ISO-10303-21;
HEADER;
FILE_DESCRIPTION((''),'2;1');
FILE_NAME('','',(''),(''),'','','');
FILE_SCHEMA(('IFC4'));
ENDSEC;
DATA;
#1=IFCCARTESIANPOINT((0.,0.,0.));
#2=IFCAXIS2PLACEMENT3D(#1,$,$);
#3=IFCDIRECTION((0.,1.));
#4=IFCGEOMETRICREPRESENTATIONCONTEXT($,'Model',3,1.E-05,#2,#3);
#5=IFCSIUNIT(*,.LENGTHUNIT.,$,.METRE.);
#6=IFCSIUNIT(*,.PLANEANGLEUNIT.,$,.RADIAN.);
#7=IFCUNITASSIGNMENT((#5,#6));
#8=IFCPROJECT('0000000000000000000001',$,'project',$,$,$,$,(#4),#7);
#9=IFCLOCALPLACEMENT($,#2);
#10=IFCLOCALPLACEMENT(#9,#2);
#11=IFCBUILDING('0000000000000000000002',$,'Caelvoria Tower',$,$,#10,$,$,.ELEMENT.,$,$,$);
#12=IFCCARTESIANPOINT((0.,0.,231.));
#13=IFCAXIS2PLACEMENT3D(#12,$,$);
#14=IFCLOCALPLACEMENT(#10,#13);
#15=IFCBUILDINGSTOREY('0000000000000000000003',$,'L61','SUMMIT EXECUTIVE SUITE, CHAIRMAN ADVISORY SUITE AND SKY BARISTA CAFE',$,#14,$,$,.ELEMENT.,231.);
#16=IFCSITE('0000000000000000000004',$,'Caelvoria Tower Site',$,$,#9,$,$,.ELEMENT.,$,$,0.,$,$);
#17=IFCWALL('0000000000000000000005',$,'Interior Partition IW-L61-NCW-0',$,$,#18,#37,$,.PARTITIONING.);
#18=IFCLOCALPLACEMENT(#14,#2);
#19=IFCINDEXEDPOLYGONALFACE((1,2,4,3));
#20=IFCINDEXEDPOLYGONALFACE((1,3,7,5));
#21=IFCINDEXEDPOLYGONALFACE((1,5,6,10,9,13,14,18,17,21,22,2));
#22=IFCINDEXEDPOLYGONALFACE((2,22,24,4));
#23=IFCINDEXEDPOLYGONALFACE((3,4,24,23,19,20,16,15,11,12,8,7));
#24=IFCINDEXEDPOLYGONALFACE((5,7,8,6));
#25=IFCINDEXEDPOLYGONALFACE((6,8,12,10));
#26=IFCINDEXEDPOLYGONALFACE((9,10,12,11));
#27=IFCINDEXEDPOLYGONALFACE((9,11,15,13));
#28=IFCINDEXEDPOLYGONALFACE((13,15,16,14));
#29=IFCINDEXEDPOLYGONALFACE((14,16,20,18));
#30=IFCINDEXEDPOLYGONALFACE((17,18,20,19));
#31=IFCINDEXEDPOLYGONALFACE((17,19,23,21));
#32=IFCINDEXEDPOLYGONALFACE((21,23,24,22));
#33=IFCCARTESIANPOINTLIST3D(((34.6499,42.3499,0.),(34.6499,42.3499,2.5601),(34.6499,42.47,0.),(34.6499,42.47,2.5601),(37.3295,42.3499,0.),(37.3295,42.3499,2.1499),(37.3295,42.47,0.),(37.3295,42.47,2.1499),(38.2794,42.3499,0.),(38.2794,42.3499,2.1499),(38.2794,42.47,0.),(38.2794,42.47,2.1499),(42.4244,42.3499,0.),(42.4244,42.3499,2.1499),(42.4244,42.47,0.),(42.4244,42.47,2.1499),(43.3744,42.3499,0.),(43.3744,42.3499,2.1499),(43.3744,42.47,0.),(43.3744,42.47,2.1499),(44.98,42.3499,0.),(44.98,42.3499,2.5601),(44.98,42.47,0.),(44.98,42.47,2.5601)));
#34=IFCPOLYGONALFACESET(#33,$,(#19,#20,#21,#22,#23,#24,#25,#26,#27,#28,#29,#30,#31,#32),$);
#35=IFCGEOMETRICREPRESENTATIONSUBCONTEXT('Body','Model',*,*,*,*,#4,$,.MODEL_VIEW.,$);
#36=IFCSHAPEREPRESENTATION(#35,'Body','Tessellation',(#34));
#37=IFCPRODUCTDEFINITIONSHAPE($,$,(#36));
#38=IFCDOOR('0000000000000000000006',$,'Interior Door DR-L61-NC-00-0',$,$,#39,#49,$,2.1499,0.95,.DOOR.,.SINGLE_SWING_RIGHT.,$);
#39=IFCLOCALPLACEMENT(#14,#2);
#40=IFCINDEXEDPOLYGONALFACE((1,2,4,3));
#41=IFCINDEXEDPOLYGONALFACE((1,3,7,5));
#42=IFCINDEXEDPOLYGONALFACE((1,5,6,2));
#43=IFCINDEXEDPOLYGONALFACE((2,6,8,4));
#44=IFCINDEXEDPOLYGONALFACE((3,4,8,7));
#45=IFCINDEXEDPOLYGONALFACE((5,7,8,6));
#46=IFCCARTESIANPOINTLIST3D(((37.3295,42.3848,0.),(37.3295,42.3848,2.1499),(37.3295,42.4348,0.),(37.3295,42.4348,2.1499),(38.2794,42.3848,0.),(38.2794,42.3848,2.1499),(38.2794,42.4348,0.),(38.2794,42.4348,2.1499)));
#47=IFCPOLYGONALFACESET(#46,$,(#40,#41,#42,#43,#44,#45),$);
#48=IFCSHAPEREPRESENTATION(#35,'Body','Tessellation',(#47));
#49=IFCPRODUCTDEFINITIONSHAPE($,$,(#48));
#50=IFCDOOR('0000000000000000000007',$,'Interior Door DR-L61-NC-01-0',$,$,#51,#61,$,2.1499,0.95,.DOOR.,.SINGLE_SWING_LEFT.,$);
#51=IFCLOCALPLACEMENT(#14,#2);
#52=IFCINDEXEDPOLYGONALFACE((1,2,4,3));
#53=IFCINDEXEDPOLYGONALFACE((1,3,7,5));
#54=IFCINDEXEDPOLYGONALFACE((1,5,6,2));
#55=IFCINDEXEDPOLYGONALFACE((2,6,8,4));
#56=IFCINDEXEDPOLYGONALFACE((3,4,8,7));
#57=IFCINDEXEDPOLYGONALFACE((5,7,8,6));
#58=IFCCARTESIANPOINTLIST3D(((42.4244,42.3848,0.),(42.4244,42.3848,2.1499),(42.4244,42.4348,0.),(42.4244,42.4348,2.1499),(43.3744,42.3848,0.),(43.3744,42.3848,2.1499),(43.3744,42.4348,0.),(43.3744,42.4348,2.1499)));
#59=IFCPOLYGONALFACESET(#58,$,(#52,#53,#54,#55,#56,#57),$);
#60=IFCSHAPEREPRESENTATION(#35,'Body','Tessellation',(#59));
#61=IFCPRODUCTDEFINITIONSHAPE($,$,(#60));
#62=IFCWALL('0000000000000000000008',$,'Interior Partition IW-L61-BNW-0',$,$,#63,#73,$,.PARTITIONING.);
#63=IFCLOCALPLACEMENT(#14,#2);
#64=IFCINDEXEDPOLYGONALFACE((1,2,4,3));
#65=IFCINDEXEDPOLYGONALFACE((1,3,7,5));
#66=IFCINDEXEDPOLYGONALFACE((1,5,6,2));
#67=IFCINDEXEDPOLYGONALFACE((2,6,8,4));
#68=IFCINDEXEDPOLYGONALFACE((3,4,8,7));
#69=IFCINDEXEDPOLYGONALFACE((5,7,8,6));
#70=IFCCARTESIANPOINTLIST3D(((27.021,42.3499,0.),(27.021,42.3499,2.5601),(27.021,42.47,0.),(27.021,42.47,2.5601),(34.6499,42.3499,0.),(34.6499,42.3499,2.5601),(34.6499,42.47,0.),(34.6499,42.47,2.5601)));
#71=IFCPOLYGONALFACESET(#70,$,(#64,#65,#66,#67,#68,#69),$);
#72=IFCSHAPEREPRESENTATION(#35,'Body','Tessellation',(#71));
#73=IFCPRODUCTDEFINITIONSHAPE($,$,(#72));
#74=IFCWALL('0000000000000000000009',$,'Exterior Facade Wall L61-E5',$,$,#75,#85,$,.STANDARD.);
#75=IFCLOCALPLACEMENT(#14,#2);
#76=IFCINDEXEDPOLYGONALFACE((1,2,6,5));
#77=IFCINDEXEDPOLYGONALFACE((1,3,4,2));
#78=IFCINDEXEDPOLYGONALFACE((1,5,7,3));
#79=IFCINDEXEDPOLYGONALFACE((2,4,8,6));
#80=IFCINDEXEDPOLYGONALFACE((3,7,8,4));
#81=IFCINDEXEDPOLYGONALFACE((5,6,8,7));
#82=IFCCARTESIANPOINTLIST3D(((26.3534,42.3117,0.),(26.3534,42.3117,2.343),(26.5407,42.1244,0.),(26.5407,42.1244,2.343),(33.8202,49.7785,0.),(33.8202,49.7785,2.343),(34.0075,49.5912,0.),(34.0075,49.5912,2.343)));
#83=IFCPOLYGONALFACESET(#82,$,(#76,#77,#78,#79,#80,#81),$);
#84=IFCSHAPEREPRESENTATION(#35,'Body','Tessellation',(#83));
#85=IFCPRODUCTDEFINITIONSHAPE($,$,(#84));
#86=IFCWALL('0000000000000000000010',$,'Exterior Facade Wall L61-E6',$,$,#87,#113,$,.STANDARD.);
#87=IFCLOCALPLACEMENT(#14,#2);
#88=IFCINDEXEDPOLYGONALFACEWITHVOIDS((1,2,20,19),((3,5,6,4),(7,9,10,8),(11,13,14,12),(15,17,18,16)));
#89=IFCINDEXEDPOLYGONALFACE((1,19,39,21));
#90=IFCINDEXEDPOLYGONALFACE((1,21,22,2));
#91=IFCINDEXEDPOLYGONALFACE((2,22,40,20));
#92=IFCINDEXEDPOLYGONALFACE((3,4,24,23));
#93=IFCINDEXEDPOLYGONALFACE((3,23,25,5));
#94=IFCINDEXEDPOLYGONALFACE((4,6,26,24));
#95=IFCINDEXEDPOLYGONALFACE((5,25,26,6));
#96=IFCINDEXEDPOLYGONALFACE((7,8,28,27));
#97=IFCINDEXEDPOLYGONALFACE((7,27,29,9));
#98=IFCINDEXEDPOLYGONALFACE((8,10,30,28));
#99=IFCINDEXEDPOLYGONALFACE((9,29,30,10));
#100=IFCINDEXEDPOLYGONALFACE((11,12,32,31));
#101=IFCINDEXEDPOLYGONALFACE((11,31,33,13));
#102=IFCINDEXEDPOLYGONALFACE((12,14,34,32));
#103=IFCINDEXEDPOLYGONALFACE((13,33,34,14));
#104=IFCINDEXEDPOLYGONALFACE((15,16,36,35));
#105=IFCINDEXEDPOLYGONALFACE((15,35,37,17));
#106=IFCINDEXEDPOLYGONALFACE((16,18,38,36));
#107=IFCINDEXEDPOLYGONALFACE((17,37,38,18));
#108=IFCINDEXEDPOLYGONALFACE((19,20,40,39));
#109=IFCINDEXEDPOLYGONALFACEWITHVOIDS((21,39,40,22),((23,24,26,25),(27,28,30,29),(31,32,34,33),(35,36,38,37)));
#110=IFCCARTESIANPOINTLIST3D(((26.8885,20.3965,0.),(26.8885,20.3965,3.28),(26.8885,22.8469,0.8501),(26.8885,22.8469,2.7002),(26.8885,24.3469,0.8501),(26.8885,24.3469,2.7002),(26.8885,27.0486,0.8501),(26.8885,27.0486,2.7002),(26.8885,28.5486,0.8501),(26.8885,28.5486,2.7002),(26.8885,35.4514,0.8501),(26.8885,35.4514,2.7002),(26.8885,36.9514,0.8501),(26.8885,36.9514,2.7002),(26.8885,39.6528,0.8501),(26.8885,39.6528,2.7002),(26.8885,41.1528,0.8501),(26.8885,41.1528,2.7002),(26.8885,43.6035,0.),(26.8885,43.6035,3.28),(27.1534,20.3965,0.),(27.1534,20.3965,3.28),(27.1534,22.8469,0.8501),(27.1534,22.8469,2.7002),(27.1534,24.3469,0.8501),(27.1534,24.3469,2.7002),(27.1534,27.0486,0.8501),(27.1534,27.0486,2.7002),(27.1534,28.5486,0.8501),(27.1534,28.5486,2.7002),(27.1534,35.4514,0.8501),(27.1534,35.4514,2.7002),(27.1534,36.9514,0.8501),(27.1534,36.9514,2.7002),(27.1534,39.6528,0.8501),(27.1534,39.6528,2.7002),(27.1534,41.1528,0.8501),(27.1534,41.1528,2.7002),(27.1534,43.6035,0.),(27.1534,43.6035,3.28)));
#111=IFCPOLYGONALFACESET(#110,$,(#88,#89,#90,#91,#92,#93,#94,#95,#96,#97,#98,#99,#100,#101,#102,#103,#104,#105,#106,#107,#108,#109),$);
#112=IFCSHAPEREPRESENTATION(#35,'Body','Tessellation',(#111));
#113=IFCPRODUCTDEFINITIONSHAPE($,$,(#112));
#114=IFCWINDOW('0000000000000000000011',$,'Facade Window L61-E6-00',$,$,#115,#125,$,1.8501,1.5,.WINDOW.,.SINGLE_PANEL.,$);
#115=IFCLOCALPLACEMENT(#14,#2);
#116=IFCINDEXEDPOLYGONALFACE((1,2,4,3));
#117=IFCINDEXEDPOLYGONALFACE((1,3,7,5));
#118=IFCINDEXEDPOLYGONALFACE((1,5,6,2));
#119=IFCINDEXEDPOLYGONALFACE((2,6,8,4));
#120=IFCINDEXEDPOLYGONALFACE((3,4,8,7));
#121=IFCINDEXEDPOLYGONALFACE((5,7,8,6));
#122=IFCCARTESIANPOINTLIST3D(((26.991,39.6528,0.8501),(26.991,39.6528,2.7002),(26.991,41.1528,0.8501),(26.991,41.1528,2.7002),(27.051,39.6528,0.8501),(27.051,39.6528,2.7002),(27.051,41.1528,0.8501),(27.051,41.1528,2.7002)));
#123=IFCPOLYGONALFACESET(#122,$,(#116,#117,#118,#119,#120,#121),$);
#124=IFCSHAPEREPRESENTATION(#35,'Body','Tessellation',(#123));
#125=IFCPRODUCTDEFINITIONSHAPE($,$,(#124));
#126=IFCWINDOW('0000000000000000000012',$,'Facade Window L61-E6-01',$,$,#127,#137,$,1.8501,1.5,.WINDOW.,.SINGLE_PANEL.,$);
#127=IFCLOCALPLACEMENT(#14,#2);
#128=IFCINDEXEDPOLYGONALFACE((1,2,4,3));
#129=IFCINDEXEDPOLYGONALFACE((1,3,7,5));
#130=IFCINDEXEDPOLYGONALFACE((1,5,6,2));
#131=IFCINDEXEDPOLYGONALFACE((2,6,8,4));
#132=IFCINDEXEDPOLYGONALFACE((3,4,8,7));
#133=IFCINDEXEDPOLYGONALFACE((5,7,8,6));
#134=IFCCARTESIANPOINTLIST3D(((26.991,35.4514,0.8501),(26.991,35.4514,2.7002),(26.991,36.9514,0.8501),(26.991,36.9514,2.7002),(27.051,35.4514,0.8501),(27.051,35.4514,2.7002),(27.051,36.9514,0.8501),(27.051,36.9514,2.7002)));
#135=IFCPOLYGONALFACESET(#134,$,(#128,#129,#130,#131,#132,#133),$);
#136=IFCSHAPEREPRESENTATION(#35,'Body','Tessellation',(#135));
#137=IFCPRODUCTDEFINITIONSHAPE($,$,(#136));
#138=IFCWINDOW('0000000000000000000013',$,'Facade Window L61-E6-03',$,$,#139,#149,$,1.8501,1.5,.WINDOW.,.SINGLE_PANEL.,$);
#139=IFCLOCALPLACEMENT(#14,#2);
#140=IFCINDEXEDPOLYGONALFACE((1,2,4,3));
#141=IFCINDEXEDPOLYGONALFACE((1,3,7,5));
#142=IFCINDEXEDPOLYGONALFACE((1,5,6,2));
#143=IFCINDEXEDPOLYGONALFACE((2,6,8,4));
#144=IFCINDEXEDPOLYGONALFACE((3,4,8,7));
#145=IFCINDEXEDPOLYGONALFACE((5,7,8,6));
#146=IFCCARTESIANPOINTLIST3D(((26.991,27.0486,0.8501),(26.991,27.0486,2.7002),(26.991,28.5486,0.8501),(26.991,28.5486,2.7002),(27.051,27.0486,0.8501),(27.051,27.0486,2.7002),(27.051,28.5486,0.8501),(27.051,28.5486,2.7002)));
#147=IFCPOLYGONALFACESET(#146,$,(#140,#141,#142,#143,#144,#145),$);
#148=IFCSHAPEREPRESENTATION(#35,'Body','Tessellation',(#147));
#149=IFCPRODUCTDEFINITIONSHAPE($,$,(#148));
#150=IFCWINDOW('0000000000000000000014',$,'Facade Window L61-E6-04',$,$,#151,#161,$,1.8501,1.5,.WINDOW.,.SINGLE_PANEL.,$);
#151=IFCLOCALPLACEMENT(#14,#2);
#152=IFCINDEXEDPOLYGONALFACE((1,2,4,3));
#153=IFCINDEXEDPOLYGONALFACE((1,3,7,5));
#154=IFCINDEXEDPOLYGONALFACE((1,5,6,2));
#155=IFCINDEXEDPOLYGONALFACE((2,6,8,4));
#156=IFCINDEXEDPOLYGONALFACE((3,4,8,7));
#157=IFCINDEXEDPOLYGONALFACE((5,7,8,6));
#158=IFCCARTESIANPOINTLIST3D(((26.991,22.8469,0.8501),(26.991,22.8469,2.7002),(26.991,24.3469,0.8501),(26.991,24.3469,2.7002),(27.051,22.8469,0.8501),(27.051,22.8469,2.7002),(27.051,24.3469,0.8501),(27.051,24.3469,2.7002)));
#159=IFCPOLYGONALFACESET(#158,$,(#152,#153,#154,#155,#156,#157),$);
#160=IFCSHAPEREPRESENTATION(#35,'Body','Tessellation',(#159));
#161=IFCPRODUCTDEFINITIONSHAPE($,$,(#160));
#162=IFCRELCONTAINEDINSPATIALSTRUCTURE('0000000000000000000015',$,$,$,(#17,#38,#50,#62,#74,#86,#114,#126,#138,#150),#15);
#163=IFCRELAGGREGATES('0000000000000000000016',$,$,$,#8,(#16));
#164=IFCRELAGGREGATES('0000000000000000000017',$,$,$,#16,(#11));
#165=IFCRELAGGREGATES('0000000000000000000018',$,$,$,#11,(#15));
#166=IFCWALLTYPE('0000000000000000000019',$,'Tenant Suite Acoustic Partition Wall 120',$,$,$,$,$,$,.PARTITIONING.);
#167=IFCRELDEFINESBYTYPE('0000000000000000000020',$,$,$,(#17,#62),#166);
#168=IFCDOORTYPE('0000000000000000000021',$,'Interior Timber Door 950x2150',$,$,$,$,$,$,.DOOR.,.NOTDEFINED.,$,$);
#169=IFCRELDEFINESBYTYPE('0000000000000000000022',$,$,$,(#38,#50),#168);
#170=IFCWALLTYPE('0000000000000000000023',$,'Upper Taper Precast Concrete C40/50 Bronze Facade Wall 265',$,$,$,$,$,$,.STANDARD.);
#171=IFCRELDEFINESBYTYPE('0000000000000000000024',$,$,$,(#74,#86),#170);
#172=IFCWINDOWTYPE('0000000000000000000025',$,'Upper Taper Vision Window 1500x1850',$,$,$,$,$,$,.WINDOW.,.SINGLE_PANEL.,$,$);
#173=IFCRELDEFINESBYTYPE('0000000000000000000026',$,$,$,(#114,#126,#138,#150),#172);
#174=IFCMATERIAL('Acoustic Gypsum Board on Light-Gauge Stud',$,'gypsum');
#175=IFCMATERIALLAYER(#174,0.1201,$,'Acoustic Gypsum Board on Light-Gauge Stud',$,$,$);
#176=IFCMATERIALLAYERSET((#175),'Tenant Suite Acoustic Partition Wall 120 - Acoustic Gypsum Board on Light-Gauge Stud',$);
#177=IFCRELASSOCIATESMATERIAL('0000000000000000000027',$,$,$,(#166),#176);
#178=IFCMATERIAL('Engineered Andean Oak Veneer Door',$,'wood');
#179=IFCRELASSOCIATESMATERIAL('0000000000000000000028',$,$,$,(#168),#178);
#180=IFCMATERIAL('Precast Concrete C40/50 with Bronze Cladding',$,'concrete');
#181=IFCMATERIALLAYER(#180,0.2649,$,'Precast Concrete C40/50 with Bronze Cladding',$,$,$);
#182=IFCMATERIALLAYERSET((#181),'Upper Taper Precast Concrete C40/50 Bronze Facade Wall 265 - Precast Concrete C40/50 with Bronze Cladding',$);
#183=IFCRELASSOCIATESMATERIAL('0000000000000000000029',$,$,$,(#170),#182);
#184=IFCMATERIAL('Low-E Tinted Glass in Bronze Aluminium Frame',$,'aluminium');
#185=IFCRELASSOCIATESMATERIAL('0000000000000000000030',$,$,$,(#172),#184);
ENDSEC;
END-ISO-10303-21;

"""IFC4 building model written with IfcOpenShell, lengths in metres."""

from ifc_helpers import new_model, si_unit, direction, frame, frame_2d, origin, place, context, subcontext, project, spatial, rectangle, extrude, material, layer, layer_set, type_object, element, fill, save


model = new_model("IFC4")

# Units and contexts
model_context = context("Model", 3, precision=1e-05, world=origin(), true_north=direction((0.0, 1.0)))
body_context = subcontext(model_context, "Body", "Model", "MODEL_VIEW")
ifc_project = project(units=[si_unit("LENGTHUNIT", "METRE"), si_unit("PLANEANGLEUNIT", "RADIAN")], contexts=[model_context])

# Site, building, storey
site_placement = place(None, origin())
site = spatial("IfcSite", under=ifc_project, at=site_placement, Name="Caelvoria Tower Site", CompositionType="ELEMENT", RefElevation=0.0)
building_placement = place(site_placement, origin())
building = spatial("IfcBuilding", under=site, at=building_placement, Name="Caelvoria Tower", CompositionType="ELEMENT")
storey_placement = place(building_placement, frame((0.0, 0.0, 231.0)))
storey = spatial("IfcBuildingStorey", under=building, at=storey_placement, Name="L61", Description="SUMMIT EXECUTIVE SUITE, CHAIRMAN ADVISORY SUITE AND SKY BARISTA CAFE", CompositionType="ELEMENT", Elevation=231.0)

# Shared definitions
ifc_material_1 = material(Name="Acoustic Gypsum Board on Light-Gauge Stud", Category="gypsum")
ifc_layer_1 = layer(ifc_material_1, 0.1201, Name="Acoustic Gypsum Board on Light-Gauge Stud")
ifc_layer_set_1 = layer_set([ifc_layer_1], Name="Tenant Suite Acoustic Partition Wall 120 - Acoustic Gypsum Board on Light-Gauge Stud")
wall_type_1 = type_object("IfcWallType", Name="Tenant Suite Acoustic Partition Wall 120", PredefinedType="PARTITIONING", material=ifc_layer_set_1)
ifc_material_2 = material(Name="Engineered Andean Oak Veneer Door", Category="wood")

# Wall, openings, doors
wall_1_placement = place(storey_placement, frame((34.6499, 42.4099, 0.0), z_axis=(0.0, 0.0, 1.0), x_axis=(1.0, 0.0, 0.0)))
wall_1 = element("IfcWall", 1, at=wall_1_placement, inside=storey, type_object=wall_type_1, Name="Interior Partition IW-L61-NCW-0", PredefinedType="PARTITIONING", context=body_context, shape_type="SweptSolid", body=[
    extrude(rectangle(XDim=10.3301, YDim=0.1201, at=frame_2d((5.165, 0.0))), origin(), (0.0, 0.0, 1.0), 2.5601),
])
opening_1_placement = place(wall_1_placement, frame((2.6794, 0.0, 0.0)))
opening_1 = element("IfcOpeningElement", 2, at=opening_1_placement, cuts=wall_1, PredefinedType="OPENING", context=body_context, shape_type="SweptSolid", body=[
    extrude(rectangle(XDim=0.95, YDim=2.1499, at=frame_2d((0.4751, 1.075))), frame((0.0, 0.0701, 0.0), z_axis=(0.0, -1.0, 0.0), x_axis=(1.0, 0.0, 0.0)), (0.0, 0.0, 1.0), 0.1401),
])
opening_2_placement = place(wall_1_placement, frame((7.7744, 0.0, 0.0)))
opening_2 = element("IfcOpeningElement", 3, at=opening_2_placement, cuts=wall_1, PredefinedType="OPENING", context=body_context, shape_type="SweptSolid", body=[
    extrude(rectangle(XDim=0.95, YDim=2.1499, at=frame_2d((0.4751, 1.075))), frame((0.0, 0.0701, 0.0), z_axis=(0.0, -1.0, 0.0), x_axis=(1.0, 0.0, 0.0)), (0.0, 0.0, 1.0), 0.1401),
])
door_type_1 = type_object("IfcDoorType", Name="Interior Timber Door 950x2150", OperationType="NOTDEFINED", PredefinedType="DOOR", material=ifc_material_2)
door_1_placement = place(opening_1_placement, origin())
door_1 = element("IfcDoor", 4, at=door_1_placement, inside=storey, type_object=door_type_1, Name="Interior Door DR-L61-NC-00-0", OperationType="SINGLE_SWING_RIGHT", OverallHeight=2.1499, OverallWidth=0.95, PredefinedType="DOOR", context=body_context, shape_type="SweptSolid", body=[
    extrude(rectangle(XDim=0.95, YDim=2.1499, at=frame_2d((0.4751, 1.075))), frame((0.0, 0.0249, 0.0), z_axis=(0.0, -1.0, 0.0), x_axis=(1.0, 0.0, 0.0)), (0.0, 0.0, 1.0), 0.05),
])
fill(opening_1, door_1)
door_2_placement = place(opening_2_placement, origin())
door_2 = element("IfcDoor", 5, at=door_2_placement, inside=storey, type_object=door_type_1, Name="Interior Door DR-L61-NC-01-0", OperationType="SINGLE_SWING_LEFT", OverallHeight=2.1499, OverallWidth=0.95, PredefinedType="DOOR", context=body_context, shape_type="SweptSolid", body=[
    extrude(rectangle(XDim=0.95, YDim=2.1499, at=frame_2d((0.4751, 1.075))), frame((0.0, 0.0249, 0.0), z_axis=(0.0, -1.0, 0.0), x_axis=(1.0, 0.0, 0.0)), (0.0, 0.0, 1.0), 0.05),
])
fill(opening_2, door_2)

# Walls
wall_2_placement = place(storey_placement, frame((34.6499, 42.4099, 0.0), z_axis=(0.0, 0.0, 1.0), x_axis=(-1.0, 0.0, 0.0)))
element("IfcWall", 6, at=wall_2_placement, inside=storey, type_object=wall_type_1, Name="Interior Partition IW-L61-BNW-0", PredefinedType="PARTITIONING", context=body_context, shape_type="SweptSolid", body=[
    extrude(rectangle(XDim=7.6289, YDim=0.1201, at=frame_2d((3.8145, 0.0))), origin(), (0.0, 0.0, 1.0), 2.5601),
])
ifc_material_3 = material(Name="Precast Concrete C40/50 with Bronze Cladding", Category="concrete")
ifc_layer_2 = layer(ifc_material_3, 0.2649, Name="Precast Concrete C40/50 with Bronze Cladding")
ifc_layer_set_2 = layer_set([ifc_layer_2], Name="Upper Taper Precast Concrete C40/50 Bronze Facade Wall 265 - Precast Concrete C40/50 with Bronze Cladding")
wall_type_2 = type_object("IfcWallType", Name="Upper Taper Precast Concrete C40/50 Bronze Facade Wall 265", PredefinedType="STANDARD", material=ifc_layer_set_2)
wall_3_placement = place(storey_placement, frame((33.9138, 49.6848, 0.0), z_axis=(0.0, 0.0, 1.0), x_axis=(-0.707107, -0.707107, 0.0)))
element("IfcWall", 7, at=wall_3_placement, inside=storey, type_object=wall_type_2, Name="Exterior Facade Wall L61-E5", PredefinedType="STANDARD", context=body_context, shape_type="SweptSolid", body=[
    extrude(rectangle(XDim=10.5596, YDim=0.2649, at=frame_2d((5.2798, 0.0))), origin(), (0.0, 0.0, 1.0), 2.343),
])

# Wall, openings, windows
wall_4_placement = place(storey_placement, frame((27.021, 43.6035, 0.0), z_axis=(0.0, 0.0, 1.0), x_axis=(0.0, -1.0, 0.0)))
wall_4 = element("IfcWall", 8, at=wall_4_placement, inside=storey, type_object=wall_type_2, Name="Exterior Facade Wall L61-E6", PredefinedType="STANDARD", context=body_context, shape_type="SweptSolid", body=[
    extrude(rectangle(XDim=23.207, YDim=0.2649, at=frame_2d((11.6035, 0.0))), origin(), (0.0, 0.0, 1.0), 3.28),
])
opening_3_placement = place(wall_4_placement, frame((2.4507, 0.0, 0.8501)))
opening_3 = element("IfcOpeningElement", 9, at=opening_3_placement, cuts=wall_4, PredefinedType="OPENING", context=body_context, shape_type="SweptSolid", body=[
    extrude(rectangle(XDim=1.5, YDim=1.8501, at=frame_2d((0.75, 0.925))), frame((0.0, 0.1423, 0.0), z_axis=(0.0, -1.0, 0.0), x_axis=(1.0, 0.0, 0.0)), (0.0, 0.0, 1.0), 0.2849),
])
opening_4_placement = place(wall_4_placement, frame((6.6521, 0.0, 0.8501)))
opening_4 = element("IfcOpeningElement", 10, at=opening_4_placement, cuts=wall_4, PredefinedType="OPENING", context=body_context, shape_type="SweptSolid", body=[
    extrude(rectangle(XDim=1.5, YDim=1.8501, at=frame_2d((0.75, 0.925))), frame((0.0, 0.1423, 0.0), z_axis=(0.0, -1.0, 0.0), x_axis=(1.0, 0.0, 0.0)), (0.0, 0.0, 1.0), 0.2849),
])
opening_5_placement = place(wall_4_placement, frame((15.0549, 0.0, 0.8501)))
opening_5 = element("IfcOpeningElement", 11, at=opening_5_placement, cuts=wall_4, PredefinedType="OPENING", context=body_context, shape_type="SweptSolid", body=[
    extrude(rectangle(XDim=1.5, YDim=1.8501, at=frame_2d((0.75, 0.925))), frame((0.0, 0.1423, 0.0), z_axis=(0.0, -1.0, 0.0), x_axis=(1.0, 0.0, 0.0)), (0.0, 0.0, 1.0), 0.2849),
])
opening_6_placement = place(wall_4_placement, frame((19.2566, 0.0, 0.8501)))
opening_6 = element("IfcOpeningElement", 12, at=opening_6_placement, cuts=wall_4, PredefinedType="OPENING", context=body_context, shape_type="SweptSolid", body=[
    extrude(rectangle(XDim=1.5, YDim=1.8501, at=frame_2d((0.75, 0.925))), frame((0.0, 0.1423, 0.0), z_axis=(0.0, -1.0, 0.0), x_axis=(1.0, 0.0, 0.0)), (0.0, 0.0, 1.0), 0.2849),
])
ifc_material_4 = material(Name="Low-E Tinted Glass in Bronze Aluminium Frame", Category="aluminium")
window_type = type_object("IfcWindowType", Name="Upper Taper Vision Window 1500x1850", PartitioningType="SINGLE_PANEL", PredefinedType="WINDOW", material=ifc_material_4)
window_1_placement = place(opening_3_placement, origin())
window_1 = element("IfcWindow", 13, at=window_1_placement, inside=storey, type_object=window_type, Name="Facade Window L61-E6-00", OverallHeight=1.8501, OverallWidth=1.5, PartitioningType="SINGLE_PANEL", PredefinedType="WINDOW", context=body_context, shape_type="SweptSolid", body=[
    extrude(rectangle(XDim=1.5, YDim=1.8501, at=frame_2d((0.75, 0.925))), frame((0.0, 0.03, 0.0), z_axis=(0.0, -1.0, 0.0), x_axis=(1.0, 0.0, 0.0)), (0.0, 0.0, 1.0), 0.0601),
])
fill(opening_3, window_1)
window_2_placement = place(opening_4_placement, origin())
window_2 = element("IfcWindow", 14, at=window_2_placement, inside=storey, type_object=window_type, Name="Facade Window L61-E6-01", OverallHeight=1.8501, OverallWidth=1.5, PartitioningType="SINGLE_PANEL", PredefinedType="WINDOW", context=body_context, shape_type="SweptSolid", body=[
    extrude(rectangle(XDim=1.5, YDim=1.8501, at=frame_2d((0.75, 0.925))), frame((0.0, 0.03, 0.0), z_axis=(0.0, -1.0, 0.0), x_axis=(1.0, 0.0, 0.0)), (0.0, 0.0, 1.0), 0.0601),
])
fill(opening_4, window_2)
window_3_placement = place(opening_5_placement, origin())
window_3 = element("IfcWindow", 15, at=window_3_placement, inside=storey, type_object=window_type, Name="Facade Window L61-E6-03", OverallHeight=1.8501, OverallWidth=1.5, PartitioningType="SINGLE_PANEL", PredefinedType="WINDOW", context=body_context, shape_type="SweptSolid", body=[
    extrude(rectangle(XDim=1.5, YDim=1.8501, at=frame_2d((0.75, 0.925))), frame((0.0, 0.03, 0.0), z_axis=(0.0, -1.0, 0.0), x_axis=(1.0, 0.0, 0.0)), (0.0, 0.0, 1.0), 0.0601),
])
fill(opening_5, window_3)
window_4_placement = place(opening_6_placement, origin())
window_4 = element("IfcWindow", 16, at=window_4_placement, inside=storey, type_object=window_type, Name="Facade Window L61-E6-04", OverallHeight=1.8501, OverallWidth=1.5, PartitioningType="SINGLE_PANEL", PredefinedType="WINDOW", context=body_context, shape_type="SweptSolid", body=[
    extrude(rectangle(XDim=1.5, YDim=1.8501, at=frame_2d((0.75, 0.925))), frame((0.0, 0.03, 0.0), z_axis=(0.0, -1.0, 0.0), x_axis=(1.0, 0.0, 0.0)), (0.0, 0.0, 1.0), 0.0601),
])
fill(opening_6, window_4)

save(model, "model.ifc")
